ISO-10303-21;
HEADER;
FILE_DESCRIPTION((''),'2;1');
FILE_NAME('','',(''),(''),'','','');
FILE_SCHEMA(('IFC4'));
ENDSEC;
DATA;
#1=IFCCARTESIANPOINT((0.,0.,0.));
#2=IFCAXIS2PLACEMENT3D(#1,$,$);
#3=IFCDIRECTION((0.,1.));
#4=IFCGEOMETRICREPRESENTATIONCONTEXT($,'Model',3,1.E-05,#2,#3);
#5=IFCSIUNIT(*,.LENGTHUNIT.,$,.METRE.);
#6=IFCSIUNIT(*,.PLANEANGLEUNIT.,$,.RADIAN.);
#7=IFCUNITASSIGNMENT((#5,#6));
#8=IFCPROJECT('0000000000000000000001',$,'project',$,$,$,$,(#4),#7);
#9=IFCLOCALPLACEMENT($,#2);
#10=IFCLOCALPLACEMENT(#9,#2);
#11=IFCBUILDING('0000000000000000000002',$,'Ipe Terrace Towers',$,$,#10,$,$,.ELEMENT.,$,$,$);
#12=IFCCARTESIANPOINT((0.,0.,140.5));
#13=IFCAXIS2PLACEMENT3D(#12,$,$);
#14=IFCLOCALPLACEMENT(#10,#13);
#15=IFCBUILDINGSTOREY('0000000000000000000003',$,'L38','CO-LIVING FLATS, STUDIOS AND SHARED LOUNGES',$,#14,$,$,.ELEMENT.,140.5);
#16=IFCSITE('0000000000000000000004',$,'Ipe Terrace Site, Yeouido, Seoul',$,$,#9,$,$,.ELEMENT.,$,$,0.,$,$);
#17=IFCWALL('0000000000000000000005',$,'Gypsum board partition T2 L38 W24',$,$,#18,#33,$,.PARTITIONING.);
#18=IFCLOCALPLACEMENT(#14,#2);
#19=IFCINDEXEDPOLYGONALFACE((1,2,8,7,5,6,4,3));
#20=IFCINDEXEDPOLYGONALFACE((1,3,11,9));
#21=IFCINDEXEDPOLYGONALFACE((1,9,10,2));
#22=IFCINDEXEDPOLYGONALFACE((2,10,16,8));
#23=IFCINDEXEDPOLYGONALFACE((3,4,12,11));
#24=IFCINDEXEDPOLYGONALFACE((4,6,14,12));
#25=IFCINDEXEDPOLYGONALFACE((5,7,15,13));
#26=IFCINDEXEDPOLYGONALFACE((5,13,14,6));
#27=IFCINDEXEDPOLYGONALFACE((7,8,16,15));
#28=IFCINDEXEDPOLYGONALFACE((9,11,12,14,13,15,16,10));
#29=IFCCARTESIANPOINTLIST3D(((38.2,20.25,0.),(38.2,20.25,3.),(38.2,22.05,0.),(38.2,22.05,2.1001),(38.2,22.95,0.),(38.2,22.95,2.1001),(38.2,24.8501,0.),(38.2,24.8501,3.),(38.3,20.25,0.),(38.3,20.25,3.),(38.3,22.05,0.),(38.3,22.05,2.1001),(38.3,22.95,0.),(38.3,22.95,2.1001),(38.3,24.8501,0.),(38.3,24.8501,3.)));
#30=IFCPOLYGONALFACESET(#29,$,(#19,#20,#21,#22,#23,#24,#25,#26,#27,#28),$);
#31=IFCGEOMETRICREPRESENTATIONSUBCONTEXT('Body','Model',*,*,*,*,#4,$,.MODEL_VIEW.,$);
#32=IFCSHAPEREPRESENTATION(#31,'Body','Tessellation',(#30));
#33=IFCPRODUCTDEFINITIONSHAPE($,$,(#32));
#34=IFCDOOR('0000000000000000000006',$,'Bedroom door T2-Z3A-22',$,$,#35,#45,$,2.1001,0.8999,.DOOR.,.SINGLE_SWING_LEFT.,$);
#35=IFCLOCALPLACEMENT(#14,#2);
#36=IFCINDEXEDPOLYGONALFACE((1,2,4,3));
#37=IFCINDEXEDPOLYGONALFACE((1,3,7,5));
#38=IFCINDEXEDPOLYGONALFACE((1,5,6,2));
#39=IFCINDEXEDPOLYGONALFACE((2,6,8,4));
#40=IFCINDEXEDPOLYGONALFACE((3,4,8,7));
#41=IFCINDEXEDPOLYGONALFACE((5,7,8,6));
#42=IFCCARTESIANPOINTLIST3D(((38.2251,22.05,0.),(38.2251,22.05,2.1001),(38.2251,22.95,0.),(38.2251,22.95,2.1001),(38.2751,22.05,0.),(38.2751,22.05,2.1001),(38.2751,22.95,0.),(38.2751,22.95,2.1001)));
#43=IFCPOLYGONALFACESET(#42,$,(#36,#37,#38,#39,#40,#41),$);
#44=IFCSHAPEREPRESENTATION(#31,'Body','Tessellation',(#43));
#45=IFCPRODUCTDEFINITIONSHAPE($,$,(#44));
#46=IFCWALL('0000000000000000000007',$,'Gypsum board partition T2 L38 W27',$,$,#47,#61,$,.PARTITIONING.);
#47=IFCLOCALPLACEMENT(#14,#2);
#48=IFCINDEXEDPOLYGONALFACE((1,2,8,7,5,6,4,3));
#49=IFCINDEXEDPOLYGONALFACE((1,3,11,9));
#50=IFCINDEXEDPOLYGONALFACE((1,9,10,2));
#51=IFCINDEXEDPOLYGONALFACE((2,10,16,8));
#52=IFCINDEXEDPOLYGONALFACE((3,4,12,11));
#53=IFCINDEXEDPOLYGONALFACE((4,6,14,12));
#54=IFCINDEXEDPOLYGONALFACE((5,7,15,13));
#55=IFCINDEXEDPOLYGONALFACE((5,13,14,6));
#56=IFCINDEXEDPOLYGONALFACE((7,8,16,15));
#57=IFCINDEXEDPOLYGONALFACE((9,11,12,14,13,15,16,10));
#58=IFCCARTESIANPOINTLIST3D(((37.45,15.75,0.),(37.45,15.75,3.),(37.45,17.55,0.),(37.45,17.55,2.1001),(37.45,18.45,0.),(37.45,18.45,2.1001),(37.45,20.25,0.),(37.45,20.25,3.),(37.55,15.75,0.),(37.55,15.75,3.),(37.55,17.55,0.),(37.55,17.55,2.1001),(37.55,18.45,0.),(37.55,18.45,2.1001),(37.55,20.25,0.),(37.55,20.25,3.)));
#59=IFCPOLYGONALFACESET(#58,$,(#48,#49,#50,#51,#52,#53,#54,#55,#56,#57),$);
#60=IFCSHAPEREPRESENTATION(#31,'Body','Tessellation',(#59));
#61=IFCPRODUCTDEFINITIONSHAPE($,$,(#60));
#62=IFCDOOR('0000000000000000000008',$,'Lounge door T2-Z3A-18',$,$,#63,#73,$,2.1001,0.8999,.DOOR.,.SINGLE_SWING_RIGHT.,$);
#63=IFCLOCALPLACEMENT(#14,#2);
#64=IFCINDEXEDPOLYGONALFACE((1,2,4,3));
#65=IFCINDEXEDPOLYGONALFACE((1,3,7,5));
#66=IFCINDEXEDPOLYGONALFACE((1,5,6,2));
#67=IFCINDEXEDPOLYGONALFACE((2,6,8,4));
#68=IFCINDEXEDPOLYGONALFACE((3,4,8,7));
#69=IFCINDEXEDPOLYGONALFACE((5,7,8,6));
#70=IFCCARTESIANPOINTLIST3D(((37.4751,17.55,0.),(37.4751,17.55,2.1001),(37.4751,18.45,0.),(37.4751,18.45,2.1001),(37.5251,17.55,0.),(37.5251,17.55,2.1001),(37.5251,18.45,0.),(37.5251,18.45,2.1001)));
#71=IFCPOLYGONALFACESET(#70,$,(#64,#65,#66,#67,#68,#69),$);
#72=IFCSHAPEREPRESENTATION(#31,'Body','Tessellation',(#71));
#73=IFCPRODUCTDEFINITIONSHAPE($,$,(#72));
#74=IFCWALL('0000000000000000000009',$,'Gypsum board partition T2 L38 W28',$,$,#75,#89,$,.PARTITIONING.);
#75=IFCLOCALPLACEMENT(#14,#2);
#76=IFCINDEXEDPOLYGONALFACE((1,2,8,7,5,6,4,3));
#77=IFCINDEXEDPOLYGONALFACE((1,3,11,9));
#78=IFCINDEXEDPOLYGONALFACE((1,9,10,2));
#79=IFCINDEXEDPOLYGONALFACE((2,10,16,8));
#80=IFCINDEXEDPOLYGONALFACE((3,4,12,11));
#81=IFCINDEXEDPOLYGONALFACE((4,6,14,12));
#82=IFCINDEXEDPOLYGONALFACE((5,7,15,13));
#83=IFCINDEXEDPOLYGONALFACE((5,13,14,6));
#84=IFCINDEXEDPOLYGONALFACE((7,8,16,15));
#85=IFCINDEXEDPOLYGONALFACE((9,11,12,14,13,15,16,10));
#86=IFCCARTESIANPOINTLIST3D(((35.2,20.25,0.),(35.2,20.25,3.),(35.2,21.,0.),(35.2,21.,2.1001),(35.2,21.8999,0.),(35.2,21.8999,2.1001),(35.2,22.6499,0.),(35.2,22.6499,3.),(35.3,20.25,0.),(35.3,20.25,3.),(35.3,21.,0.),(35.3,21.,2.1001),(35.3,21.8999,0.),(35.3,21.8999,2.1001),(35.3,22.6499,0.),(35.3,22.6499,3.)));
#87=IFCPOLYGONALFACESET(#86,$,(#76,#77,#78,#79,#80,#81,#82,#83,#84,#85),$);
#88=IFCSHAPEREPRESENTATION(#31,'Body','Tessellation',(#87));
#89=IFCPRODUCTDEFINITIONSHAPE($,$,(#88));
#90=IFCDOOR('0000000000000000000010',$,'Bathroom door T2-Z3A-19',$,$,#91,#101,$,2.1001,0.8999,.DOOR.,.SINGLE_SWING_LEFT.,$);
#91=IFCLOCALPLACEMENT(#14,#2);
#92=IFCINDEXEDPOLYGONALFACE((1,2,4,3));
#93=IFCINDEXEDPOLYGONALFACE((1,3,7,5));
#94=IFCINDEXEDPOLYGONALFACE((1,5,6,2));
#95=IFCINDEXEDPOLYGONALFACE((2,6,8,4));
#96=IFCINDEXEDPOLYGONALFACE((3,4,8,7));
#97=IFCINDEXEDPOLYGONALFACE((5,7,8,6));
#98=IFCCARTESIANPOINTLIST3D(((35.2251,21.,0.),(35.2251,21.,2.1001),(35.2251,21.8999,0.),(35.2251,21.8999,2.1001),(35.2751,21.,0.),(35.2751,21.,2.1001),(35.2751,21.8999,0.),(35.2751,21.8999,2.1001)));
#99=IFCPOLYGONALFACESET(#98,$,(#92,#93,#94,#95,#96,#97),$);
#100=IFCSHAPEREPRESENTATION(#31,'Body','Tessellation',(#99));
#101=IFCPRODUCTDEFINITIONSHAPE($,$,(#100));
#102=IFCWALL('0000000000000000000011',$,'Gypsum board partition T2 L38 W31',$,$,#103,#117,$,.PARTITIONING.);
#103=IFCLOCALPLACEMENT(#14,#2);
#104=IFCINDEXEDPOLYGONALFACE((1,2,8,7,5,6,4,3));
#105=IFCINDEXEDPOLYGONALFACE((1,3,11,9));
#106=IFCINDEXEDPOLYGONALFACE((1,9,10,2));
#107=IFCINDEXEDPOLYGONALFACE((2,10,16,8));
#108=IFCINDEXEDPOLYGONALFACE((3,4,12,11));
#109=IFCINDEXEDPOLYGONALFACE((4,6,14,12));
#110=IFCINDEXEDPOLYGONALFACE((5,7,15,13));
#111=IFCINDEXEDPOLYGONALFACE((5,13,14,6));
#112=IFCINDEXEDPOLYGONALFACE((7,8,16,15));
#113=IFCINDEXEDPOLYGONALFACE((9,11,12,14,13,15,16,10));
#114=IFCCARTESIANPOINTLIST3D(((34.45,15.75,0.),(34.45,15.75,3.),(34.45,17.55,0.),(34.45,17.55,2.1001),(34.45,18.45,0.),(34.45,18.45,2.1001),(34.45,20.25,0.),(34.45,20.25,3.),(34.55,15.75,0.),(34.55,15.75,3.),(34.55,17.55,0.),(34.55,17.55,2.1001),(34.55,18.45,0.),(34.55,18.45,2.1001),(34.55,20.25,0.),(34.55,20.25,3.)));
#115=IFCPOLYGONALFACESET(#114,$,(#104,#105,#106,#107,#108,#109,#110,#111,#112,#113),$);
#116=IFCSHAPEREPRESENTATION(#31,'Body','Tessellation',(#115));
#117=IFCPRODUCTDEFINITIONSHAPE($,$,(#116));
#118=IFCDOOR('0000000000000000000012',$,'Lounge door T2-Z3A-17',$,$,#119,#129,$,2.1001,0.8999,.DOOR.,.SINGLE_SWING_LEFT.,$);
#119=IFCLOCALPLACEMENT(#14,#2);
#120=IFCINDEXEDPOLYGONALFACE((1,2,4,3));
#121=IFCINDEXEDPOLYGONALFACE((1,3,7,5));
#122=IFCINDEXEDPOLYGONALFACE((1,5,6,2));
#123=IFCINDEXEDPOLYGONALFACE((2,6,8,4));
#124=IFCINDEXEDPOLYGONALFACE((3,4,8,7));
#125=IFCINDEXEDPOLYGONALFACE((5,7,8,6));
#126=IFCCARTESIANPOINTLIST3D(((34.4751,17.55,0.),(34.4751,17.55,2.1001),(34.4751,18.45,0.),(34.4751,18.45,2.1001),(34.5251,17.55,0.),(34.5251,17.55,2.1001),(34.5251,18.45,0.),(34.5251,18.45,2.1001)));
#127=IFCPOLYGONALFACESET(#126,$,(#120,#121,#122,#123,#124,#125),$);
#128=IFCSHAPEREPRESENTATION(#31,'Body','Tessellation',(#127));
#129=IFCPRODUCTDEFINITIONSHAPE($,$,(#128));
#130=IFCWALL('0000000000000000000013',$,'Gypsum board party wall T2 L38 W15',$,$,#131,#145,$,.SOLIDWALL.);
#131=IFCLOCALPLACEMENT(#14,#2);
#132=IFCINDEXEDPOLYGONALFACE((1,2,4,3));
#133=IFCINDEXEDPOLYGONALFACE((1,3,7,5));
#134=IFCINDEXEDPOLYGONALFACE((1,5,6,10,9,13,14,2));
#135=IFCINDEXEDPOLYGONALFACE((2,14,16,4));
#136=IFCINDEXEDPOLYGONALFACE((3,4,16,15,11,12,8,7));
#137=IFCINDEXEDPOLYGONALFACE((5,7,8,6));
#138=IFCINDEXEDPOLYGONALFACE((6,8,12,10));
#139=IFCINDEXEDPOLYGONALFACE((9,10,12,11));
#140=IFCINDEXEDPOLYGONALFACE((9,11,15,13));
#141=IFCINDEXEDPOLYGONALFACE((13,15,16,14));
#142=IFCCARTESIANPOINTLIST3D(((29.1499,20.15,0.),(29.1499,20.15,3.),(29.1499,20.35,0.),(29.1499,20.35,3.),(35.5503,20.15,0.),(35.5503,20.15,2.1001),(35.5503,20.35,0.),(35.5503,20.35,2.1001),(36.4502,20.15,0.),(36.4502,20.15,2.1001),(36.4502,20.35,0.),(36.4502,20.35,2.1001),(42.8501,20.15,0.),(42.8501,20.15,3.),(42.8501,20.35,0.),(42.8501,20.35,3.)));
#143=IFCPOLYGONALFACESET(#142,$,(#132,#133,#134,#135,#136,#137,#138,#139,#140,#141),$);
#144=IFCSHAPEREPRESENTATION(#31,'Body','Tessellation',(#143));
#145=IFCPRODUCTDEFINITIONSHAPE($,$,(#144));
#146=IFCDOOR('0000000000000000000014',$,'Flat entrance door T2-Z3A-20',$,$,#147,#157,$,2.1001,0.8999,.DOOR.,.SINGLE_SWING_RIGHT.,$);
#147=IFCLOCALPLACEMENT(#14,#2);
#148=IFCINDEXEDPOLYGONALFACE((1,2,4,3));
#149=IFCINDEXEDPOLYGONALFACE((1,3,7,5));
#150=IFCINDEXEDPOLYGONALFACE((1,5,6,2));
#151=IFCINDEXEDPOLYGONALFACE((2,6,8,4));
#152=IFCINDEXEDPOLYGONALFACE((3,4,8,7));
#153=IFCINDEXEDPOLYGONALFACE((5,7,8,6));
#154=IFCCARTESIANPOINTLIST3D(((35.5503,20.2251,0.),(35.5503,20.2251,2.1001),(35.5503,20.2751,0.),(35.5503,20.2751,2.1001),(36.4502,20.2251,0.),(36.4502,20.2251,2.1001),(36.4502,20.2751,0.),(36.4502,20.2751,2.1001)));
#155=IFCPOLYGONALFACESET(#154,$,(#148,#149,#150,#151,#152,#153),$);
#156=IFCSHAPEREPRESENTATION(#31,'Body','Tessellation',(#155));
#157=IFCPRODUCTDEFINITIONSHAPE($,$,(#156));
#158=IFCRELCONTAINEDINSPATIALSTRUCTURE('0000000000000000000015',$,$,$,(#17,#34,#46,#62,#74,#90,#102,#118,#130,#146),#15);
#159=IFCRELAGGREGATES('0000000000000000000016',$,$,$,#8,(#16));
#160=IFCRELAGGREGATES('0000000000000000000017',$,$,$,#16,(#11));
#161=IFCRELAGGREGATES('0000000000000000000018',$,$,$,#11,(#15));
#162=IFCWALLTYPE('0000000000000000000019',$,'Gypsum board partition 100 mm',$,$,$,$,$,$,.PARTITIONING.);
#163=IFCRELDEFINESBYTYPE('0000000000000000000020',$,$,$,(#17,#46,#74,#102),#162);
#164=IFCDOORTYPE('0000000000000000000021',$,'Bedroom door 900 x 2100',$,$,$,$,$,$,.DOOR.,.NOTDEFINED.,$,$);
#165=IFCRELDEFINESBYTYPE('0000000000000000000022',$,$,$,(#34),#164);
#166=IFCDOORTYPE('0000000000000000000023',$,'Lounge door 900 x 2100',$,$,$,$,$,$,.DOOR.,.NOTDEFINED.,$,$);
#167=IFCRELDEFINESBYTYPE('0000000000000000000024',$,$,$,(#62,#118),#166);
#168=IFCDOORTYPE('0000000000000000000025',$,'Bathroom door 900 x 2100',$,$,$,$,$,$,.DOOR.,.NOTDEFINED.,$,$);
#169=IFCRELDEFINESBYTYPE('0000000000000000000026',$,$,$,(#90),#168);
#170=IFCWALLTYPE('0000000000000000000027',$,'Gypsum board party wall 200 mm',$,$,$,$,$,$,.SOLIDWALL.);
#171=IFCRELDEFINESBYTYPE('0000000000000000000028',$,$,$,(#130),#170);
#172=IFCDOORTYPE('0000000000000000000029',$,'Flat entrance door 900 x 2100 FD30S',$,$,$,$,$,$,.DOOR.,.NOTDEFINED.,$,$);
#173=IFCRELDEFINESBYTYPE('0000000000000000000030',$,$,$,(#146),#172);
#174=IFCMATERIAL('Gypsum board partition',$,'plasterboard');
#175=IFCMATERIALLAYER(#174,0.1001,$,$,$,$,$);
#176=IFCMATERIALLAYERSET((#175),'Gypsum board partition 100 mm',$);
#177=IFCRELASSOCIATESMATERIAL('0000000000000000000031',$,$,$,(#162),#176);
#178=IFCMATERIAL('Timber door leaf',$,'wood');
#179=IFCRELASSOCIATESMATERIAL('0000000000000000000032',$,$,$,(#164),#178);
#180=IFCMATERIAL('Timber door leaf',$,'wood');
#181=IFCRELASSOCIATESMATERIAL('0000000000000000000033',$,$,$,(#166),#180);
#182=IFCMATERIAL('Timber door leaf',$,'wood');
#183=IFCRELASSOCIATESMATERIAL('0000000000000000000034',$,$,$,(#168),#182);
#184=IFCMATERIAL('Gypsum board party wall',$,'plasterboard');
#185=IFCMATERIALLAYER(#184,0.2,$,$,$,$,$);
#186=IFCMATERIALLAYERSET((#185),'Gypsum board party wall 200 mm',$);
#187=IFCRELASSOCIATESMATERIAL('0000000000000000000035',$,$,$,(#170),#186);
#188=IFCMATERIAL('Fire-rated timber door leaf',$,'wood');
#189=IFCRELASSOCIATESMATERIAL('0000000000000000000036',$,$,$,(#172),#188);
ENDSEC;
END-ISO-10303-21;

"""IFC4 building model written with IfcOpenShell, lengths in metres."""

from ifc_helpers import new_model, si_unit, direction, frame, frame_2d, origin, place, context, subcontext, project, spatial, rectangle, extrude, material, layer, layer_set, type_object, element, fill, save


model = new_model("IFC4")

# Units and contexts
model_context = context("Model", 3, precision=1e-05, world=origin(), true_north=direction((0.0, 1.0)))
body_context = subcontext(model_context, "Body", "Model", "MODEL_VIEW")
ifc_project = project(units=[si_unit("LENGTHUNIT", "METRE"), si_unit("PLANEANGLEUNIT", "RADIAN")], contexts=[model_context])

# Site, building, storey
site_placement = place(None, origin())
site = spatial("IfcSite", under=ifc_project, at=site_placement, Name="Ipe Terrace Site, Yeouido, Seoul", CompositionType="ELEMENT", RefElevation=0.0)
building_placement = place(site_placement, origin())
building = spatial("IfcBuilding", under=site, at=building_placement, Name="Ipe Terrace Towers", CompositionType="ELEMENT")
storey_placement = place(building_placement, frame((0.0, 0.0, 140.5)))
storey = spatial("IfcBuildingStorey", under=building, at=storey_placement, Name="L38", Description="CO-LIVING FLATS, STUDIOS AND SHARED LOUNGES", CompositionType="ELEMENT", Elevation=140.5)

# Shared definitions
ifc_material_1 = material(Name="Gypsum board partition", Category="plasterboard")
ifc_layer_1 = layer(ifc_material_1, 0.1001)
ifc_layer_set_1 = layer_set([ifc_layer_1], Name="Gypsum board partition 100 mm")
wall_type_1 = type_object("IfcWallType", Name="Gypsum board partition 100 mm", PredefinedType="PARTITIONING", material=ifc_layer_set_1)

# Walls, openings, doors
wall_1_placement = place(storey_placement, frame((38.25, 20.25, 0.0), z_axis=(0.0, 0.0, 1.0), x_axis=(0.0, 1.0, 0.0)))
wall_1 = element("IfcWall", 1, at=wall_1_placement, inside=storey, type_object=wall_type_1, Name="Gypsum board partition T2 L38 W24", PredefinedType="PARTITIONING", context=body_context, shape_type="SweptSolid", body=[
    extrude(rectangle(XDim=4.6001, YDim=0.1001, at=frame_2d((2.3, 0.0))), origin(), (0.0, 0.0, 1.0), 3.0),
])
opening_1_placement = place(wall_1_placement, frame((1.8, 0.0, 0.0)))
opening_1 = element("IfcOpeningElement", 2, at=opening_1_placement, cuts=wall_1, PredefinedType="OPENING", context=body_context, shape_type="SweptSolid", body=[
    extrude(rectangle(XDim=0.8999, YDim=2.1001, at=frame_2d((0.45, 1.05))), frame((0.0, 0.0601, 0.0), z_axis=(0.0, -1.0, 0.0), x_axis=(1.0, 0.0, 0.0)), (0.0, 0.0, 1.0), 0.1201),
])
ifc_material_2 = material(Name="Timber door leaf", Category="wood")
door_type_1 = type_object("IfcDoorType", Name="Bedroom door 900 x 2100", OperationType="NOTDEFINED", PredefinedType="DOOR", material=ifc_material_2)
door_1_placement = place(opening_1_placement, origin())
door_1 = element("IfcDoor", 3, at=door_1_placement, inside=storey, type_object=door_type_1, Name="Bedroom door T2-Z3A-22", OperationType="SINGLE_SWING_LEFT", OverallHeight=2.1001, OverallWidth=0.8999, PredefinedType="DOOR", context=body_context, shape_type="SweptSolid", body=[
    extrude(rectangle(XDim=0.8999, YDim=2.1001, at=frame_2d((0.45, 1.05))), frame((0.0, 0.0249, 0.0), z_axis=(0.0, -1.0, 0.0), x_axis=(1.0, 0.0, 0.0)), (0.0, 0.0, 1.0), 0.05),
])
fill(opening_1, door_1)
wall_2_placement = place(storey_placement, frame((37.5, 15.75, 0.0), z_axis=(0.0, 0.0, 1.0), x_axis=(0.0, 1.0, 0.0)))
wall_2 = element("IfcWall", 4, at=wall_2_placement, inside=storey, type_object=wall_type_1, Name="Gypsum board partition T2 L38 W27", PredefinedType="PARTITIONING", context=body_context, shape_type="SweptSolid", body=[
    extrude(rectangle(XDim=4.5, YDim=0.1001, at=frame_2d((2.25, 0.0))), origin(), (0.0, 0.0, 1.0), 3.0),
])
opening_2_placement = place(wall_2_placement, frame((1.8, 0.0, 0.0)))
opening_2 = element("IfcOpeningElement", 5, at=opening_2_placement, cuts=wall_2, PredefinedType="OPENING", context=body_context, shape_type="SweptSolid", body=[
    extrude(rectangle(XDim=0.8999, YDim=2.1001, at=frame_2d((0.45, 1.05))), frame((0.0, 0.0601, 0.0), z_axis=(0.0, -1.0, 0.0), x_axis=(1.0, 0.0, 0.0)), (0.0, 0.0, 1.0), 0.1201),
])
ifc_material_3 = material(Name="Timber door leaf", Category="wood")
door_type_2 = type_object("IfcDoorType", Name="Lounge door 900 x 2100", OperationType="NOTDEFINED", PredefinedType="DOOR", material=ifc_material_3)
door_2_placement = place(opening_2_placement, origin())
door_2 = element("IfcDoor", 6, at=door_2_placement, inside=storey, type_object=door_type_2, Name="Lounge door T2-Z3A-18", OperationType="SINGLE_SWING_RIGHT", OverallHeight=2.1001, OverallWidth=0.8999, PredefinedType="DOOR", context=body_context, shape_type="SweptSolid", body=[
    extrude(rectangle(XDim=0.8999, YDim=2.1001, at=frame_2d((0.45, 1.05))), frame((0.0, 0.0249, 0.0), z_axis=(0.0, -1.0, 0.0), x_axis=(1.0, 0.0, 0.0)), (0.0, 0.0, 1.0), 0.05),
])
fill(opening_2, door_2)
wall_3_placement = place(storey_placement, frame((35.25, 20.25, 0.0), z_axis=(0.0, 0.0, 1.0), x_axis=(0.0, 1.0, 0.0)))
wall_3 = element("IfcWall", 7, at=wall_3_placement, inside=storey, type_object=wall_type_1, Name="Gypsum board partition T2 L38 W28", PredefinedType="PARTITIONING", context=body_context, shape_type="SweptSolid", body=[
    extrude(rectangle(XDim=2.3999, YDim=0.1001, at=frame_2d((1.2, 0.0))), origin(), (0.0, 0.0, 1.0), 3.0),
])
opening_3_placement = place(wall_3_placement, frame((0.75, 0.0, 0.0)))
opening_3 = element("IfcOpeningElement", 8, at=opening_3_placement, cuts=wall_3, PredefinedType="OPENING", context=body_context, shape_type="SweptSolid", body=[
    extrude(rectangle(XDim=0.8999, YDim=2.1001, at=frame_2d((0.45, 1.05))), frame((0.0, 0.0601, 0.0), z_axis=(0.0, -1.0, 0.0), x_axis=(1.0, 0.0, 0.0)), (0.0, 0.0, 1.0), 0.1201),
])
ifc_material_4 = material(Name="Timber door leaf", Category="wood")
door_type_3 = type_object("IfcDoorType", Name="Bathroom door 900 x 2100", OperationType="NOTDEFINED", PredefinedType="DOOR", material=ifc_material_4)
door_3_placement = place(opening_3_placement, origin())
door_3 = element("IfcDoor", 9, at=door_3_placement, inside=storey, type_object=door_type_3, Name="Bathroom door T2-Z3A-19", OperationType="SINGLE_SWING_LEFT", OverallHeight=2.1001, OverallWidth=0.8999, PredefinedType="DOOR", context=body_context, shape_type="SweptSolid", body=[
    extrude(rectangle(XDim=0.8999, YDim=2.1001, at=frame_2d((0.45, 1.05))), frame((0.0, 0.0249, 0.0), z_axis=(0.0, -1.0, 0.0), x_axis=(1.0, 0.0, 0.0)), (0.0, 0.0, 1.0), 0.05),
])
fill(opening_3, door_3)
wall_4_placement = place(storey_placement, frame((34.5, 15.75, 0.0), z_axis=(0.0, 0.0, 1.0), x_axis=(0.0, 1.0, 0.0)))
wall_4 = element("IfcWall", 10, at=wall_4_placement, inside=storey, type_object=wall_type_1, Name="Gypsum board partition T2 L38 W31", PredefinedType="PARTITIONING", context=body_context, shape_type="SweptSolid", body=[
    extrude(rectangle(XDim=4.5, YDim=0.1001, at=frame_2d((2.25, 0.0))), origin(), (0.0, 0.0, 1.0), 3.0),
])
opening_4_placement = place(wall_4_placement, frame((1.8, 0.0, 0.0)))
opening_4 = element("IfcOpeningElement", 11, at=opening_4_placement, cuts=wall_4, PredefinedType="OPENING", context=body_context, shape_type="SweptSolid", body=[
    extrude(rectangle(XDim=0.8999, YDim=2.1001, at=frame_2d((0.45, 1.05))), frame((0.0, 0.0601, 0.0), z_axis=(0.0, -1.0, 0.0), x_axis=(1.0, 0.0, 0.0)), (0.0, 0.0, 1.0), 0.1201),
])
door_4_placement = place(opening_4_placement, origin())
door_4 = element("IfcDoor", 12, at=door_4_placement, inside=storey, type_object=door_type_2, Name="Lounge door T2-Z3A-17", OperationType="SINGLE_SWING_LEFT", OverallHeight=2.1001, OverallWidth=0.8999, PredefinedType="DOOR", context=body_context, shape_type="SweptSolid", body=[
    extrude(rectangle(XDim=0.8999, YDim=2.1001, at=frame_2d((0.45, 1.05))), frame((0.0, 0.0249, 0.0), z_axis=(0.0, -1.0, 0.0), x_axis=(1.0, 0.0, 0.0)), (0.0, 0.0, 1.0), 0.05),
])
fill(opening_4, door_4)
ifc_material_5 = material(Name="Gypsum board party wall", Category="plasterboard")
ifc_layer_2 = layer(ifc_material_5, 0.2)
ifc_layer_set_2 = layer_set([ifc_layer_2], Name="Gypsum board party wall 200 mm")
wall_type_2 = type_object("IfcWallType", Name="Gypsum board party wall 200 mm", PredefinedType="SOLIDWALL", material=ifc_layer_set_2)
wall_5_placement = place(storey_placement, frame((42.8501, 20.25, 0.0), z_axis=(0.0, 0.0, 1.0), x_axis=(-1.0, 0.0, 0.0)))
wall_5 = element("IfcWall", 13, at=wall_5_placement, inside=storey, type_object=wall_type_2, Name="Gypsum board party wall T2 L38 W15", PredefinedType="SOLIDWALL", context=body_context, shape_type="SweptSolid", body=[
    extrude(rectangle(XDim=13.7002, YDim=0.2, at=frame_2d((6.8501, 0.0))), origin(), (0.0, 0.0, 1.0), 3.0),
])
opening_5_placement = place(wall_5_placement, frame((6.3999, 0.0, 0.0)))
opening_5 = element("IfcOpeningElement", 14, at=opening_5_placement, cuts=wall_5, PredefinedType="OPENING", context=body_context, shape_type="SweptSolid", body=[
    extrude(rectangle(XDim=0.8999, YDim=2.1001, at=frame_2d((0.45, 1.05))), frame((0.0, 0.1099, 0.0), z_axis=(0.0, -1.0, 0.0), x_axis=(1.0, 0.0, 0.0)), (0.0, 0.0, 1.0), 0.22),
])
ifc_material_6 = material(Name="Fire-rated timber door leaf", Category="wood")
door_type_4 = type_object("IfcDoorType", Name="Flat entrance door 900 x 2100 FD30S", OperationType="NOTDEFINED", PredefinedType="DOOR", material=ifc_material_6)
door_5_placement = place(opening_5_placement, origin())
door_5 = element("IfcDoor", 15, at=door_5_placement, inside=storey, type_object=door_type_4, Name="Flat entrance door T2-Z3A-20", OperationType="SINGLE_SWING_RIGHT", OverallHeight=2.1001, OverallWidth=0.8999, PredefinedType="DOOR", context=body_context, shape_type="SweptSolid", body=[
    extrude(rectangle(XDim=0.8999, YDim=2.1001, at=frame_2d((0.45, 1.05))), frame((0.0, 0.0249, 0.0), z_axis=(0.0, -1.0, 0.0), x_axis=(1.0, 0.0, 0.0)), (0.0, 0.0, 1.0), 0.05),
])
fill(opening_5, door_5)

save(model, "model.ifc")
